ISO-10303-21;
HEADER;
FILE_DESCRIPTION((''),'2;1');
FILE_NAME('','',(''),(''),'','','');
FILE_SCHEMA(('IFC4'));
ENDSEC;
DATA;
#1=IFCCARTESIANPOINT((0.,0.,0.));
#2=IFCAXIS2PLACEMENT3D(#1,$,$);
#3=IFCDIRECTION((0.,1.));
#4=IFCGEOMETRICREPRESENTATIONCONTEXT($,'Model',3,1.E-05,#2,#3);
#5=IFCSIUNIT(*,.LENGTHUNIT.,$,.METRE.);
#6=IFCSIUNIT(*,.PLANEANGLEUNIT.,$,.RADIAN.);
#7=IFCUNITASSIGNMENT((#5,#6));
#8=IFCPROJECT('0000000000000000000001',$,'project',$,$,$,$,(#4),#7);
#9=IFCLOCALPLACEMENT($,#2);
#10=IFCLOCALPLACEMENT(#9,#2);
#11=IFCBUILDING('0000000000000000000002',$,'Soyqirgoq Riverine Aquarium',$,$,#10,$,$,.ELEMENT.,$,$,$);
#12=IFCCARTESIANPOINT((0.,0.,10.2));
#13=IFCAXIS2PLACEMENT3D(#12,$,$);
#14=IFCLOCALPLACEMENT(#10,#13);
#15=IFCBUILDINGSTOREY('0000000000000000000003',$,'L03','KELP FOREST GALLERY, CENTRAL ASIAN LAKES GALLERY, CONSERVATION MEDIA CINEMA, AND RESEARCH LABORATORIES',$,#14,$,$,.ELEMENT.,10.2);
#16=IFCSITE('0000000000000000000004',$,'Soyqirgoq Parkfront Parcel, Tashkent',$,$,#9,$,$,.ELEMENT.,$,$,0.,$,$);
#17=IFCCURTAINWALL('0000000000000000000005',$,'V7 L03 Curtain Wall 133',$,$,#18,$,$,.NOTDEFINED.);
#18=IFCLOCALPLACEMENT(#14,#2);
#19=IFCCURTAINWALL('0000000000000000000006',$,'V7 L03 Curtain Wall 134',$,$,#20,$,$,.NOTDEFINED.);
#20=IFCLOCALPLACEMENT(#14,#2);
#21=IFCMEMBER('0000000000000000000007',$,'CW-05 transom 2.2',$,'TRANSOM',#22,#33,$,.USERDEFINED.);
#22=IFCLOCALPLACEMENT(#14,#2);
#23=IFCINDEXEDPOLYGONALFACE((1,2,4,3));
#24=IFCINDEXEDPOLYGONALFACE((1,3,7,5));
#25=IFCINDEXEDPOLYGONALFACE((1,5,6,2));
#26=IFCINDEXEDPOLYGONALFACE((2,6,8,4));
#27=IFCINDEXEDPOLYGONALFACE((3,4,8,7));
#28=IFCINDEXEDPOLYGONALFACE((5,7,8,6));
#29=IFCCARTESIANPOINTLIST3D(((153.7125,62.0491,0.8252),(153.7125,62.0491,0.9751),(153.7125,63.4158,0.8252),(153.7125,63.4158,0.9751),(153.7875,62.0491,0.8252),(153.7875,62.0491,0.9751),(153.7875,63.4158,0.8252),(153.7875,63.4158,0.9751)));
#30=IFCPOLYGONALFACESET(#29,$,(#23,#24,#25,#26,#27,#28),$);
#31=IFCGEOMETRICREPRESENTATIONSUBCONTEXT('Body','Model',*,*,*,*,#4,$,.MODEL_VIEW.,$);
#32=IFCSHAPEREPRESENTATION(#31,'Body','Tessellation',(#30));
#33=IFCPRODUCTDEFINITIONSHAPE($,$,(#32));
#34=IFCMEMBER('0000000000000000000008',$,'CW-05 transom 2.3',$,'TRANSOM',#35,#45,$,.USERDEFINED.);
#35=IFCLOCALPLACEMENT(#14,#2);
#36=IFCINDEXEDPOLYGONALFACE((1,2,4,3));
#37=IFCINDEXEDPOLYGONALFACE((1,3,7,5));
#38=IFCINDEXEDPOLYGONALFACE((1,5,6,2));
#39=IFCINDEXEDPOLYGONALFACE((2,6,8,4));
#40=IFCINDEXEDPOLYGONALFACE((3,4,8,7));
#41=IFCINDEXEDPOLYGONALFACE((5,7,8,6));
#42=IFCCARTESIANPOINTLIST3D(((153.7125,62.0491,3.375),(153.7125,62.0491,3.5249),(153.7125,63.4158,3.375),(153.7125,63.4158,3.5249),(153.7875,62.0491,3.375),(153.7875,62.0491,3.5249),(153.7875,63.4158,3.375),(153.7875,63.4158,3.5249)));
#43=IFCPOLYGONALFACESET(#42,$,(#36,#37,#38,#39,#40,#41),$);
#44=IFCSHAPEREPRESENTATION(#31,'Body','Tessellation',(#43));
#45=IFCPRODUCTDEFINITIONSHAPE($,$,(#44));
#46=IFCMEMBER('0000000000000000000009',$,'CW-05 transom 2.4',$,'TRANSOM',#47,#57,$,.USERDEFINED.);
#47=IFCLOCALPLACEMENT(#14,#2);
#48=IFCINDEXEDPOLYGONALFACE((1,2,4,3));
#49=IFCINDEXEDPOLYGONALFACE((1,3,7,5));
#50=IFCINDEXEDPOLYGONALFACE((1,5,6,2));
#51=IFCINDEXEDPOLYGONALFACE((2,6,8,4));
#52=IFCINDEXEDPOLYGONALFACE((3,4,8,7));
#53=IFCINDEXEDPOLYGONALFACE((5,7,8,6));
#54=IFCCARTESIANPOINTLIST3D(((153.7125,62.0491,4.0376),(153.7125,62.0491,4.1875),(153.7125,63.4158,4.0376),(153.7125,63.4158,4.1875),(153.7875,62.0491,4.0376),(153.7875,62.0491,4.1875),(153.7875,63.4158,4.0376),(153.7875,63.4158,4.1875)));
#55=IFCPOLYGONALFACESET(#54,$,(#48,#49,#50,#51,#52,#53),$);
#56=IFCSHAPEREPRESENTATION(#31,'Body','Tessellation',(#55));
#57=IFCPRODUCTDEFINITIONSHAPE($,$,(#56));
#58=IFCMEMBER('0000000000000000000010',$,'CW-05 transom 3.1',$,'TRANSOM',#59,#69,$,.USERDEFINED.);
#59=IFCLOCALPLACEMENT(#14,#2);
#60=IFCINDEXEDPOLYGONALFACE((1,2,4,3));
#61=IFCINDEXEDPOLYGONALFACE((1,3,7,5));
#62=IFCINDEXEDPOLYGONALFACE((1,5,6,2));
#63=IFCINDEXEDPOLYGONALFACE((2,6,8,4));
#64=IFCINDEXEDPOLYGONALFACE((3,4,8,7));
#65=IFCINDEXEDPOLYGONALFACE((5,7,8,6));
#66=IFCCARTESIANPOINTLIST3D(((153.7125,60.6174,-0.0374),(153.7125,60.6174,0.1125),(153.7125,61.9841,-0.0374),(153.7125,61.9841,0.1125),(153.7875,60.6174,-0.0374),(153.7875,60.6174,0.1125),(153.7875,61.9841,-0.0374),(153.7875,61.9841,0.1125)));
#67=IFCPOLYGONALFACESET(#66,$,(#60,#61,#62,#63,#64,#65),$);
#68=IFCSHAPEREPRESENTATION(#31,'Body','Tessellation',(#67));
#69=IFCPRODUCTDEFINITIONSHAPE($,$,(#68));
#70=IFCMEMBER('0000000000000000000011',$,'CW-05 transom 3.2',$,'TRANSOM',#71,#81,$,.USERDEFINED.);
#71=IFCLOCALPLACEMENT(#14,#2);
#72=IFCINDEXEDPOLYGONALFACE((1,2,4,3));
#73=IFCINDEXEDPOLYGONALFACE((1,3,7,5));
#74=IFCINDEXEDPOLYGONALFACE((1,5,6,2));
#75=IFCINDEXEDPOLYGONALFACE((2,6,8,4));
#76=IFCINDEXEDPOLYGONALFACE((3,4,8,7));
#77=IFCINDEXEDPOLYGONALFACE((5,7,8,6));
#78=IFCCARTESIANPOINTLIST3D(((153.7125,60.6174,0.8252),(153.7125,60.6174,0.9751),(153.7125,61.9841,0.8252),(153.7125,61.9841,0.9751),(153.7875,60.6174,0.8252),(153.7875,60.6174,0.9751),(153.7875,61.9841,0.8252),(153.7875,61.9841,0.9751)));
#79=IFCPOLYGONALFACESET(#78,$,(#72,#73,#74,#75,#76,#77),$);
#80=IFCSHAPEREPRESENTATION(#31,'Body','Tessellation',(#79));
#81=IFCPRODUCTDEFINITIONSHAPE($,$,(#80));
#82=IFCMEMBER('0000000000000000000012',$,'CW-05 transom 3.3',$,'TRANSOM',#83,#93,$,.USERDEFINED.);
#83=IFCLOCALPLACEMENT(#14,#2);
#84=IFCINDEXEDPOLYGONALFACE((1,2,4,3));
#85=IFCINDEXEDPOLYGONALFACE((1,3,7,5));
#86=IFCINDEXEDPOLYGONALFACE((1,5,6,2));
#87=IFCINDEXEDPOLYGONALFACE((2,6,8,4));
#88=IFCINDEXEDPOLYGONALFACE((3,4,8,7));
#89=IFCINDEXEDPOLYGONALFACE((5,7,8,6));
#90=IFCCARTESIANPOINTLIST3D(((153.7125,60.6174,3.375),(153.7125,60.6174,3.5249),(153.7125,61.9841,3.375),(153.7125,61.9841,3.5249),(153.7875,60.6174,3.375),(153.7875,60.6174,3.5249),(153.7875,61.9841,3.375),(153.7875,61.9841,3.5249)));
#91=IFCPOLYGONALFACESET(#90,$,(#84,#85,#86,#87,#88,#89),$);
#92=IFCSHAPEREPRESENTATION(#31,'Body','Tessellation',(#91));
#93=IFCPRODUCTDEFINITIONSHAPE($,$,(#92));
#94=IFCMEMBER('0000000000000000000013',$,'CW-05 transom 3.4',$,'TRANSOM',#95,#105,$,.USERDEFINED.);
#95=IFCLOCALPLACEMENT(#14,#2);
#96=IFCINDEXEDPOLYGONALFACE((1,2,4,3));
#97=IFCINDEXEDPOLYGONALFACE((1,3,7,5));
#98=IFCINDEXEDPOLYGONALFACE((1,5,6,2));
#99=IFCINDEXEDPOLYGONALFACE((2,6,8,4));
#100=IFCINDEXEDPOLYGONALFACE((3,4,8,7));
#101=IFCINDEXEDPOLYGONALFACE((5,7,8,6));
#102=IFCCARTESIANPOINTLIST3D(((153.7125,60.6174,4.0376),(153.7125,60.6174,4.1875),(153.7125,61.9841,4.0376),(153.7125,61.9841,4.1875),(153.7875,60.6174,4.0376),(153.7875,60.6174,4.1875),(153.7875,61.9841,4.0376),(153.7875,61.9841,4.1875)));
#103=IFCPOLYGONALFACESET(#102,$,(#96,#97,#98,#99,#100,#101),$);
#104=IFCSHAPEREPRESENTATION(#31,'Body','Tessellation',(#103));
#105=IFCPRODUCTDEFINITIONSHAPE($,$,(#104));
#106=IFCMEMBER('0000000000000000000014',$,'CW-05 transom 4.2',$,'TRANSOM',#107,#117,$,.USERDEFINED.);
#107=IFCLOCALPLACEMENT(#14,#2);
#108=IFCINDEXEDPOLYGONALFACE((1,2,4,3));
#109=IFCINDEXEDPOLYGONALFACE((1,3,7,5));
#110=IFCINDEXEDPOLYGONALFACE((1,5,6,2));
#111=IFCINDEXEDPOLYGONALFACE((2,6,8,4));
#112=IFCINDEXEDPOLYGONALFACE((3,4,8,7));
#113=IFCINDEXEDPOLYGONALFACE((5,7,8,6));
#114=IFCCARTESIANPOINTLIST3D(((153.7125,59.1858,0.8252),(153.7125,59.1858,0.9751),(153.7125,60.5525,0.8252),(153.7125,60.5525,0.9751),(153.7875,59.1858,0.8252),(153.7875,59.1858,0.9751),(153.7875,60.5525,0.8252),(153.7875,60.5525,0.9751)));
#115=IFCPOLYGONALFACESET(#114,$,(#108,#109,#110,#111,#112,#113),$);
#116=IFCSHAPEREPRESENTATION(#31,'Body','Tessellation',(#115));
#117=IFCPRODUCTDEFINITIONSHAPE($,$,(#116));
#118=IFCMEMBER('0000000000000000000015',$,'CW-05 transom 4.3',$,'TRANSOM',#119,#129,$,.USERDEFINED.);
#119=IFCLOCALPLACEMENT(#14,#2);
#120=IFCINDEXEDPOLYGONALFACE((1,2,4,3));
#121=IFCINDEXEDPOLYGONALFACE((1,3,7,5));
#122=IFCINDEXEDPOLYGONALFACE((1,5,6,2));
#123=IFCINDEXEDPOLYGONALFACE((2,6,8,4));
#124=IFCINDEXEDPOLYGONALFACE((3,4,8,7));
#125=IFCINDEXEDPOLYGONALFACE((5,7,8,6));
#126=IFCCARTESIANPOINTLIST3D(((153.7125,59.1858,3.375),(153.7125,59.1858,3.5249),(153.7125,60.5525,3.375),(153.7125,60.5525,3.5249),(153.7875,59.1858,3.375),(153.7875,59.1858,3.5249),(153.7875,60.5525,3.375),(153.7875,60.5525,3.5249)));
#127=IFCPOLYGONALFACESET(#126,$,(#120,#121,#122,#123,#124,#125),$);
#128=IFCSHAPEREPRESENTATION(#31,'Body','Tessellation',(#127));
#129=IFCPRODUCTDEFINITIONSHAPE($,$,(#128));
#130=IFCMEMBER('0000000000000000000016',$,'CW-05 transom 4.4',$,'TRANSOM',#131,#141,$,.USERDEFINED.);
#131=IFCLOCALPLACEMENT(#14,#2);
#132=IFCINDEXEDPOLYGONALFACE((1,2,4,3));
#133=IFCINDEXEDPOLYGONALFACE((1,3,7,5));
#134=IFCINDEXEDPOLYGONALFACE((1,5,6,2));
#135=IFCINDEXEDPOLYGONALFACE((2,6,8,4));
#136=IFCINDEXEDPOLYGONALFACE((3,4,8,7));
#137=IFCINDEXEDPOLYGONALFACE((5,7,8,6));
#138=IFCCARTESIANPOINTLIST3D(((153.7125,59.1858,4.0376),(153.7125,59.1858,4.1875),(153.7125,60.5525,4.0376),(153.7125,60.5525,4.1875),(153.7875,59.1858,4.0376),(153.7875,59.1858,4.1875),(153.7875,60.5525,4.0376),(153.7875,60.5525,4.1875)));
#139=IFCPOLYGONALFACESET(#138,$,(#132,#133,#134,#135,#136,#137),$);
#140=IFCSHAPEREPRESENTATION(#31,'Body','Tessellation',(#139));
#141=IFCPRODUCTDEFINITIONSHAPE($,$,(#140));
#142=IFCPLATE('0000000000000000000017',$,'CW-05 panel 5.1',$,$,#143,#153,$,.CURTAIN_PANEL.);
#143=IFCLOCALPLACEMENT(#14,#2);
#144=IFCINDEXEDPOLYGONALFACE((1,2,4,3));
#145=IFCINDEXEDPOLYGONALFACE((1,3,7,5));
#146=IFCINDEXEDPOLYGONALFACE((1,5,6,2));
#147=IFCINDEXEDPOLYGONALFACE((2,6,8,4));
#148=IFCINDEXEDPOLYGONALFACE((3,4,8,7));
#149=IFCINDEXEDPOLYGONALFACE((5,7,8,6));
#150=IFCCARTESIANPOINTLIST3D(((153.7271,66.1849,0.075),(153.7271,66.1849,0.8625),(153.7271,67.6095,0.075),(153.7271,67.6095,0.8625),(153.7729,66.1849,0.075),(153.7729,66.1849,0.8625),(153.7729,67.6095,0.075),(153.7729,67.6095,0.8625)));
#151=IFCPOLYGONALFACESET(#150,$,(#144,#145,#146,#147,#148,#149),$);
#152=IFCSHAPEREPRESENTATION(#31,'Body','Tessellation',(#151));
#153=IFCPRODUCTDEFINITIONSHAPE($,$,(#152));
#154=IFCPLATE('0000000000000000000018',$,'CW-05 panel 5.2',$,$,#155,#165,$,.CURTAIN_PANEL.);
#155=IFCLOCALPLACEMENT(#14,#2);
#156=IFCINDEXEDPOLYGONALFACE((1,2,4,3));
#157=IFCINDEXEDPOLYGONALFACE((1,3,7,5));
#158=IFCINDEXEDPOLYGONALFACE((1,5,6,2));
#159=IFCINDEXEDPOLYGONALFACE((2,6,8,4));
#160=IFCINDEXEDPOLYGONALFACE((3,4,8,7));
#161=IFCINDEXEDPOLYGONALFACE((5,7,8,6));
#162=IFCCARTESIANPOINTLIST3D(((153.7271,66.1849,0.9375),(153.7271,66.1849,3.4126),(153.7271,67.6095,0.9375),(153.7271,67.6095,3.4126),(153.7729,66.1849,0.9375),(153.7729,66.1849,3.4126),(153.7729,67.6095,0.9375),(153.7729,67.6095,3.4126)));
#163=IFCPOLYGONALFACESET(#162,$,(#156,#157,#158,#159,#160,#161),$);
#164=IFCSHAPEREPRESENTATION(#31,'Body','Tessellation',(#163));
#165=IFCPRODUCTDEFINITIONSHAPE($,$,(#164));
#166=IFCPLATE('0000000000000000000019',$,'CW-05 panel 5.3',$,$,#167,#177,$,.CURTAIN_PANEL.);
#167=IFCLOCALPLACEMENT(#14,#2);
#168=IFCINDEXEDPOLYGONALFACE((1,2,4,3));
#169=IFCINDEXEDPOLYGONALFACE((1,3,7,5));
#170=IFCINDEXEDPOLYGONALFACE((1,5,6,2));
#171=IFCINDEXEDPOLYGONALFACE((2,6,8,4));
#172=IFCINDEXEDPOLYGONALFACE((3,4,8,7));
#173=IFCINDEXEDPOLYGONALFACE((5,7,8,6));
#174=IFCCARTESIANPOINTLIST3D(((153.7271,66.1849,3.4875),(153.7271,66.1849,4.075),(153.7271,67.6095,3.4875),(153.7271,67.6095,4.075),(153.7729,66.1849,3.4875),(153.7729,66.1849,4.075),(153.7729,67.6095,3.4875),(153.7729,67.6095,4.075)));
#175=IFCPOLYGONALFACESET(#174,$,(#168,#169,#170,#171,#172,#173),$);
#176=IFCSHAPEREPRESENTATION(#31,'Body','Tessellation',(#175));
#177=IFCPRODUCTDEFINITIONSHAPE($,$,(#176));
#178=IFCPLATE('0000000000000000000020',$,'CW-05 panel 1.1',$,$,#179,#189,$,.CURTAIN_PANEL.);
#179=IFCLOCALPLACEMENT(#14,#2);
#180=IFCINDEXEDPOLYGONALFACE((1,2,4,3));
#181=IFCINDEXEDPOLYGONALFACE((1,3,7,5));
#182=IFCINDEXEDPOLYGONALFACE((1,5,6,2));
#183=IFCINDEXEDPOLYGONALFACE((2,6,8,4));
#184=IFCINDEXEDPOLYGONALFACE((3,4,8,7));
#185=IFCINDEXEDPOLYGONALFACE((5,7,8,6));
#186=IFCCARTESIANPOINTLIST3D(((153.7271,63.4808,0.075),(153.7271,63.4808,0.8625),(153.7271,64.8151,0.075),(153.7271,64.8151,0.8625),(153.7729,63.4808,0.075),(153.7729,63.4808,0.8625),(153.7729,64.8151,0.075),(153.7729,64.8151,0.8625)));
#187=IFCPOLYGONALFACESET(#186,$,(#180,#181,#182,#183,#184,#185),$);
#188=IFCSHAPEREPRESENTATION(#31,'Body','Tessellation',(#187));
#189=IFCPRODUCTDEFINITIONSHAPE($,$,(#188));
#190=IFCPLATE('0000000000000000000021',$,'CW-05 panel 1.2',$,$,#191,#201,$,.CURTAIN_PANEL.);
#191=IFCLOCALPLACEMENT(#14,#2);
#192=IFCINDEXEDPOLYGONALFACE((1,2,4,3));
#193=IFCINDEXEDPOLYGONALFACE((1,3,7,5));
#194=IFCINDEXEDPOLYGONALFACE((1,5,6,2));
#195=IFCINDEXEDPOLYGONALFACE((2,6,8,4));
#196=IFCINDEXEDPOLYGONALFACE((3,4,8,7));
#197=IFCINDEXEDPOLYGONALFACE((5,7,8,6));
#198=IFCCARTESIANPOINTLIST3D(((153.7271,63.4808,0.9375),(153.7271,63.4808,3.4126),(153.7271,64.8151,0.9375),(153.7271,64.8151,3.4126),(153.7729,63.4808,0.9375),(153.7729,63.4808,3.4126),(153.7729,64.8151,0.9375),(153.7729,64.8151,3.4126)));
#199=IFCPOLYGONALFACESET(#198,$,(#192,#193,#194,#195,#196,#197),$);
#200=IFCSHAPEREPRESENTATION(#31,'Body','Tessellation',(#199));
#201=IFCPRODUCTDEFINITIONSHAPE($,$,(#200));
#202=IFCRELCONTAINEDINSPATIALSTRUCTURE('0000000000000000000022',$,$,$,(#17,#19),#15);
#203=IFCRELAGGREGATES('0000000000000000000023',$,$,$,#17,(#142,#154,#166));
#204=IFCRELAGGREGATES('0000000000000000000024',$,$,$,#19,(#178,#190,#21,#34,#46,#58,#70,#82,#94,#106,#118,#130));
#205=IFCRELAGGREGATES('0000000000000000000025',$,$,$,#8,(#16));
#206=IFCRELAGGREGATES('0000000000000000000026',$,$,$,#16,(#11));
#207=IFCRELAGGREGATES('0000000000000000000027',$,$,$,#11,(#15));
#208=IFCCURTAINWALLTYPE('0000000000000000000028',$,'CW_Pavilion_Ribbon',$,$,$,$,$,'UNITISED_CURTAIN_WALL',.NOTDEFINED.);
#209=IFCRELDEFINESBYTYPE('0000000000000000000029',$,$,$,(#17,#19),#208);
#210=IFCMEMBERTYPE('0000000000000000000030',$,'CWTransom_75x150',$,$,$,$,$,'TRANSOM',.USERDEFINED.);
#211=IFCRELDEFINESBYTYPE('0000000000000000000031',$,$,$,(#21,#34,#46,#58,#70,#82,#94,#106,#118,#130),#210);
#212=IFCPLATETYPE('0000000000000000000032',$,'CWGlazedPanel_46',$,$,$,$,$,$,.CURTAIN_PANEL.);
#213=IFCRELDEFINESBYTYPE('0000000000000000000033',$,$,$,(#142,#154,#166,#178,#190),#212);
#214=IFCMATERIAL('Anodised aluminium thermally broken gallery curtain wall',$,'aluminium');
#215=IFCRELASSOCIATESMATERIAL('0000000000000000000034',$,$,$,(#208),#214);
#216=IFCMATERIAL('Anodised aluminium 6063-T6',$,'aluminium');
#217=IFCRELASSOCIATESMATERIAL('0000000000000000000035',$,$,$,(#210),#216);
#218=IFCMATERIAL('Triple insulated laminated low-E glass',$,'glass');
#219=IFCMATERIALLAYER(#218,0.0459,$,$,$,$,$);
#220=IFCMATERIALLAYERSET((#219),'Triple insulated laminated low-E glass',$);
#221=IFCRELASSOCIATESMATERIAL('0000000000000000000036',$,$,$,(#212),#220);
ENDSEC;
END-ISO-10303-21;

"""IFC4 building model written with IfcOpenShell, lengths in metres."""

from ifc_helpers import new_model, si_unit, direction, frame, origin, origin_2d, place, context, subcontext, project, spatial, rectangle, extrude, material, layer, layer_set, material_profile, profile_set, type_object, element, aggregate, save


model = new_model("IFC4")

# Units and contexts
model_context = context("Model", 3, precision=1e-05, world=origin(), true_north=direction((0.0, 1.0)))
body_context = subcontext(model_context, "Body", "Model", "MODEL_VIEW")
ifc_project = project(units=[si_unit("LENGTHUNIT", "METRE"), si_unit("PLANEANGLEUNIT", "RADIAN")], contexts=[model_context])

# Site, building, storey
site_placement = place(None, origin())
site = spatial("IfcSite", under=ifc_project, at=site_placement, Name="Soyqirgoq Parkfront Parcel, Tashkent", CompositionType="ELEMENT", RefElevation=0.0)
building_placement = place(site_placement, origin())
building = spatial("IfcBuilding", under=site, at=building_placement, Name="Soyqirgoq Riverine Aquarium", CompositionType="ELEMENT")
storey_placement = place(building_placement, frame((0.0, 0.0, 10.2)))
storey = spatial("IfcBuildingStorey", under=building, at=storey_placement, Name="L03", Description="KELP FOREST GALLERY, CENTRAL ASIAN LAKES GALLERY, CONSERVATION MEDIA CINEMA, AND RESEARCH LABORATORIES", CompositionType="ELEMENT", Elevation=10.2)

# Curtain walls
ifc_material_1 = material(Name="Anodised aluminium thermally broken gallery curtain wall", Category="aluminium")
curtain_wall_type = type_object("IfcCurtainWallType", Name="CW_Pavilion_Ribbon", ElementType="UNITISED_CURTAIN_WALL", PredefinedType="NOTDEFINED", material=ifc_material_1)
curtain_wall_1_placement = place(storey_placement, origin())
curtain_wall_1 = element("IfcCurtainWall", 1, at=curtain_wall_1_placement, inside=storey, type_object=curtain_wall_type, Name="V7 L03 Curtain Wall 133", PredefinedType="NOTDEFINED")
curtain_wall_2_placement = place(storey_placement, origin())
curtain_wall_2 = element("IfcCurtainWall", 2, at=curtain_wall_2_placement, inside=storey, type_object=curtain_wall_type, Name="V7 L03 Curtain Wall 134", PredefinedType="NOTDEFINED")

# Members
ifc_material_2 = material(Name="Anodised aluminium 6063-T6", Category="aluminium")
ifc_material_profile_1 = material_profile(ifc_material_2, rectangle(XDim=0.075, YDim=0.1499, at=origin_2d()), Name="ALU-T 75x150")
ifc_profile_set_1 = profile_set([ifc_material_profile_1], Name="Anodised aluminium 6063-T6")
member_type_1 = type_object("IfcMemberType", Name="CWTransom_75x150", ElementType="TRANSOM", PredefinedType="USERDEFINED", material=ifc_profile_set_1)
member_1_placement = place(storey_placement, frame((153.75, 63.4158, 0.9001), z_axis=(0.0, -1.0, 0.0), x_axis=(1.0, 0.0, 0.0)))
member_1 = element("IfcMember", 3, at=member_1_placement, type_object=member_type_1, Name="CW-05 transom 2.2", ObjectType="TRANSOM", PredefinedType="USERDEFINED", context=body_context, shape_type="SweptSolid", body=[
    extrude(rectangle(XDim=0.075, YDim=0.1499, at=origin_2d()), origin(), (0.0, 0.0, 1.0), 1.3667),
])
member_2_placement = place(storey_placement, frame((153.75, 63.4158, 3.45), z_axis=(0.0, -1.0, 0.0), x_axis=(1.0, 0.0, 0.0)))
member_2 = element("IfcMember", 4, at=member_2_placement, type_object=member_type_1, Name="CW-05 transom 2.3", ObjectType="TRANSOM", PredefinedType="USERDEFINED", context=body_context, shape_type="SweptSolid", body=[
    extrude(rectangle(XDim=0.075, YDim=0.1499, at=origin_2d()), origin(), (0.0, 0.0, 1.0), 1.3667),
])
member_3_placement = place(storey_placement, frame((153.75, 63.4158, 4.1125), z_axis=(0.0, -1.0, 0.0), x_axis=(1.0, 0.0, 0.0)))
member_3 = element("IfcMember", 5, at=member_3_placement, type_object=member_type_1, Name="CW-05 transom 2.4", ObjectType="TRANSOM", PredefinedType="USERDEFINED", context=body_context, shape_type="SweptSolid", body=[
    extrude(rectangle(XDim=0.075, YDim=0.1499, at=origin_2d()), origin(), (0.0, 0.0, 1.0), 1.3667),
])
member_4_placement = place(storey_placement, frame((153.75, 61.9841, 0.0376), z_axis=(0.0, -1.0, 0.0), x_axis=(1.0, 0.0, 0.0)))
member_4 = element("IfcMember", 6, at=member_4_placement, type_object=member_type_1, Name="CW-05 transom 3.1", ObjectType="TRANSOM", PredefinedType="USERDEFINED", context=body_context, shape_type="SweptSolid", body=[
    extrude(rectangle(XDim=0.075, YDim=0.1499, at=origin_2d()), origin(), (0.0, 0.0, 1.0), 1.3667),
])
member_5_placement = place(storey_placement, frame((153.75, 61.9841, 0.9001), z_axis=(0.0, -1.0, 0.0), x_axis=(1.0, 0.0, 0.0)))
member_5 = element("IfcMember", 7, at=member_5_placement, type_object=member_type_1, Name="CW-05 transom 3.2", ObjectType="TRANSOM", PredefinedType="USERDEFINED", context=body_context, shape_type="SweptSolid", body=[
    extrude(rectangle(XDim=0.075, YDim=0.1499, at=origin_2d()), origin(), (0.0, 0.0, 1.0), 1.3667),
])
member_6_placement = place(storey_placement, frame((153.75, 61.9841, 3.45), z_axis=(0.0, -1.0, 0.0), x_axis=(1.0, 0.0, 0.0)))
member_6 = element("IfcMember", 8, at=member_6_placement, type_object=member_type_1, Name="CW-05 transom 3.3", ObjectType="TRANSOM", PredefinedType="USERDEFINED", context=body_context, shape_type="SweptSolid", body=[
    extrude(rectangle(XDim=0.075, YDim=0.1499, at=origin_2d()), origin(), (0.0, 0.0, 1.0), 1.3667),
])
member_7_placement = place(storey_placement, frame((153.75, 61.9841, 4.1125), z_axis=(0.0, -1.0, 0.0), x_axis=(1.0, 0.0, 0.0)))
member_7 = element("IfcMember", 9, at=member_7_placement, type_object=member_type_1, Name="CW-05 transom 3.4", ObjectType="TRANSOM", PredefinedType="USERDEFINED", context=body_context, shape_type="SweptSolid", body=[
    extrude(rectangle(XDim=0.075, YDim=0.1499, at=origin_2d()), origin(), (0.0, 0.0, 1.0), 1.3667),
])
member_8_placement = place(storey_placement, frame((153.75, 60.5525, 0.9001), z_axis=(0.0, -1.0, 0.0), x_axis=(1.0, 0.0, 0.0)))
member_8 = element("IfcMember", 10, at=member_8_placement, type_object=member_type_1, Name="CW-05 transom 4.2", ObjectType="TRANSOM", PredefinedType="USERDEFINED", context=body_context, shape_type="SweptSolid", body=[
    extrude(rectangle(XDim=0.075, YDim=0.1499, at=origin_2d()), origin(), (0.0, 0.0, 1.0), 1.3667),
])
member_9_placement = place(storey_placement, frame((153.75, 60.5525, 3.45), z_axis=(0.0, -1.0, 0.0), x_axis=(1.0, 0.0, 0.0)))
member_9 = element("IfcMember", 11, at=member_9_placement, type_object=member_type_1, Name="CW-05 transom 4.3", ObjectType="TRANSOM", PredefinedType="USERDEFINED", context=body_context, shape_type="SweptSolid", body=[
    extrude(rectangle(XDim=0.075, YDim=0.1499, at=origin_2d()), origin(), (0.0, 0.0, 1.0), 1.3667),
])
member_10_placement = place(storey_placement, frame((153.75, 60.5525, 4.1125), z_axis=(0.0, -1.0, 0.0), x_axis=(1.0, 0.0, 0.0)))
member_10 = element("IfcMember", 12, at=member_10_placement, type_object=member_type_1, Name="CW-05 transom 4.4", ObjectType="TRANSOM", PredefinedType="USERDEFINED", context=body_context, shape_type="SweptSolid", body=[
    extrude(rectangle(XDim=0.075, YDim=0.1499, at=origin_2d()), origin(), (0.0, 0.0, 1.0), 1.3667),
])

# Plates
ifc_material_3 = material(Name="Triple insulated laminated low-E glass", Category="glass")
ifc_layer = layer(ifc_material_3, 0.0459)
ifc_layer_set = layer_set([ifc_layer], Name="Triple insulated laminated low-E glass")
plate_type = type_object("IfcPlateType", Name="CWGlazedPanel_46", PredefinedType="CURTAIN_PANEL", material=ifc_layer_set)
plate_1_placement = place(storey_placement, frame((153.75, 66.8972, 0.075), z_axis=(0.0, 0.0, 1.0), x_axis=(0.0, -1.0, 0.0)))
plate_1 = element("IfcPlate", 13, at=plate_1_placement, type_object=plate_type, Name="CW-05 panel 5.1", PredefinedType="CURTAIN_PANEL", context=body_context, shape_type="SweptSolid", body=[
    extrude(rectangle(XDim=1.4246, YDim=0.0459, at=origin_2d()), origin(), (0.0, 0.0, 1.0), 0.7876),
])
plate_2_placement = place(storey_placement, frame((153.75, 66.8972, 0.9375), z_axis=(0.0, 0.0, 1.0), x_axis=(0.0, -1.0, 0.0)))
plate_2 = element("IfcPlate", 14, at=plate_2_placement, type_object=plate_type, Name="CW-05 panel 5.2", PredefinedType="CURTAIN_PANEL", context=body_context, shape_type="SweptSolid", body=[
    extrude(rectangle(XDim=1.4246, YDim=0.0459, at=origin_2d()), origin(), (0.0, 0.0, 1.0), 2.4751),
])
plate_3_placement = place(storey_placement, frame((153.75, 66.8972, 3.4875), z_axis=(0.0, 0.0, 1.0), x_axis=(0.0, -1.0, 0.0)))
plate_3 = element("IfcPlate", 15, at=plate_3_placement, type_object=plate_type, Name="CW-05 panel 5.3", PredefinedType="CURTAIN_PANEL", context=body_context, shape_type="SweptSolid", body=[
    extrude(rectangle(XDim=1.4246, YDim=0.0459, at=origin_2d()), origin(), (0.0, 0.0, 1.0), 0.5874),
])
aggregate(curtain_wall_1, [plate_1, plate_2, plate_3])
plate_4_placement = place(storey_placement, frame((153.75, 64.1479, 0.075), z_axis=(0.0, 0.0, 1.0), x_axis=(0.0, -1.0, 0.0)))
plate_4 = element("IfcPlate", 16, at=plate_4_placement, type_object=plate_type, Name="CW-05 panel 1.1", PredefinedType="CURTAIN_PANEL", context=body_context, shape_type="SweptSolid", body=[
    extrude(rectangle(XDim=1.3342, YDim=0.0459, at=origin_2d()), origin(), (0.0, 0.0, 1.0), 0.7876),
])
plate_5_placement = place(storey_placement, frame((153.75, 64.1479, 0.9375), z_axis=(0.0, 0.0, 1.0), x_axis=(0.0, -1.0, 0.0)))
plate_5 = element("IfcPlate", 17, at=plate_5_placement, type_object=plate_type, Name="CW-05 panel 1.2", PredefinedType="CURTAIN_PANEL", context=body_context, shape_type="SweptSolid", body=[
    extrude(rectangle(XDim=1.3342, YDim=0.0459, at=origin_2d()), origin(), (0.0, 0.0, 1.0), 2.4751),
])
aggregate(curtain_wall_2, [plate_4, plate_5, member_1, member_2, member_3, member_4, member_5, member_6, member_7, member_8, member_9, member_10])

save(model, "model.ifc")
